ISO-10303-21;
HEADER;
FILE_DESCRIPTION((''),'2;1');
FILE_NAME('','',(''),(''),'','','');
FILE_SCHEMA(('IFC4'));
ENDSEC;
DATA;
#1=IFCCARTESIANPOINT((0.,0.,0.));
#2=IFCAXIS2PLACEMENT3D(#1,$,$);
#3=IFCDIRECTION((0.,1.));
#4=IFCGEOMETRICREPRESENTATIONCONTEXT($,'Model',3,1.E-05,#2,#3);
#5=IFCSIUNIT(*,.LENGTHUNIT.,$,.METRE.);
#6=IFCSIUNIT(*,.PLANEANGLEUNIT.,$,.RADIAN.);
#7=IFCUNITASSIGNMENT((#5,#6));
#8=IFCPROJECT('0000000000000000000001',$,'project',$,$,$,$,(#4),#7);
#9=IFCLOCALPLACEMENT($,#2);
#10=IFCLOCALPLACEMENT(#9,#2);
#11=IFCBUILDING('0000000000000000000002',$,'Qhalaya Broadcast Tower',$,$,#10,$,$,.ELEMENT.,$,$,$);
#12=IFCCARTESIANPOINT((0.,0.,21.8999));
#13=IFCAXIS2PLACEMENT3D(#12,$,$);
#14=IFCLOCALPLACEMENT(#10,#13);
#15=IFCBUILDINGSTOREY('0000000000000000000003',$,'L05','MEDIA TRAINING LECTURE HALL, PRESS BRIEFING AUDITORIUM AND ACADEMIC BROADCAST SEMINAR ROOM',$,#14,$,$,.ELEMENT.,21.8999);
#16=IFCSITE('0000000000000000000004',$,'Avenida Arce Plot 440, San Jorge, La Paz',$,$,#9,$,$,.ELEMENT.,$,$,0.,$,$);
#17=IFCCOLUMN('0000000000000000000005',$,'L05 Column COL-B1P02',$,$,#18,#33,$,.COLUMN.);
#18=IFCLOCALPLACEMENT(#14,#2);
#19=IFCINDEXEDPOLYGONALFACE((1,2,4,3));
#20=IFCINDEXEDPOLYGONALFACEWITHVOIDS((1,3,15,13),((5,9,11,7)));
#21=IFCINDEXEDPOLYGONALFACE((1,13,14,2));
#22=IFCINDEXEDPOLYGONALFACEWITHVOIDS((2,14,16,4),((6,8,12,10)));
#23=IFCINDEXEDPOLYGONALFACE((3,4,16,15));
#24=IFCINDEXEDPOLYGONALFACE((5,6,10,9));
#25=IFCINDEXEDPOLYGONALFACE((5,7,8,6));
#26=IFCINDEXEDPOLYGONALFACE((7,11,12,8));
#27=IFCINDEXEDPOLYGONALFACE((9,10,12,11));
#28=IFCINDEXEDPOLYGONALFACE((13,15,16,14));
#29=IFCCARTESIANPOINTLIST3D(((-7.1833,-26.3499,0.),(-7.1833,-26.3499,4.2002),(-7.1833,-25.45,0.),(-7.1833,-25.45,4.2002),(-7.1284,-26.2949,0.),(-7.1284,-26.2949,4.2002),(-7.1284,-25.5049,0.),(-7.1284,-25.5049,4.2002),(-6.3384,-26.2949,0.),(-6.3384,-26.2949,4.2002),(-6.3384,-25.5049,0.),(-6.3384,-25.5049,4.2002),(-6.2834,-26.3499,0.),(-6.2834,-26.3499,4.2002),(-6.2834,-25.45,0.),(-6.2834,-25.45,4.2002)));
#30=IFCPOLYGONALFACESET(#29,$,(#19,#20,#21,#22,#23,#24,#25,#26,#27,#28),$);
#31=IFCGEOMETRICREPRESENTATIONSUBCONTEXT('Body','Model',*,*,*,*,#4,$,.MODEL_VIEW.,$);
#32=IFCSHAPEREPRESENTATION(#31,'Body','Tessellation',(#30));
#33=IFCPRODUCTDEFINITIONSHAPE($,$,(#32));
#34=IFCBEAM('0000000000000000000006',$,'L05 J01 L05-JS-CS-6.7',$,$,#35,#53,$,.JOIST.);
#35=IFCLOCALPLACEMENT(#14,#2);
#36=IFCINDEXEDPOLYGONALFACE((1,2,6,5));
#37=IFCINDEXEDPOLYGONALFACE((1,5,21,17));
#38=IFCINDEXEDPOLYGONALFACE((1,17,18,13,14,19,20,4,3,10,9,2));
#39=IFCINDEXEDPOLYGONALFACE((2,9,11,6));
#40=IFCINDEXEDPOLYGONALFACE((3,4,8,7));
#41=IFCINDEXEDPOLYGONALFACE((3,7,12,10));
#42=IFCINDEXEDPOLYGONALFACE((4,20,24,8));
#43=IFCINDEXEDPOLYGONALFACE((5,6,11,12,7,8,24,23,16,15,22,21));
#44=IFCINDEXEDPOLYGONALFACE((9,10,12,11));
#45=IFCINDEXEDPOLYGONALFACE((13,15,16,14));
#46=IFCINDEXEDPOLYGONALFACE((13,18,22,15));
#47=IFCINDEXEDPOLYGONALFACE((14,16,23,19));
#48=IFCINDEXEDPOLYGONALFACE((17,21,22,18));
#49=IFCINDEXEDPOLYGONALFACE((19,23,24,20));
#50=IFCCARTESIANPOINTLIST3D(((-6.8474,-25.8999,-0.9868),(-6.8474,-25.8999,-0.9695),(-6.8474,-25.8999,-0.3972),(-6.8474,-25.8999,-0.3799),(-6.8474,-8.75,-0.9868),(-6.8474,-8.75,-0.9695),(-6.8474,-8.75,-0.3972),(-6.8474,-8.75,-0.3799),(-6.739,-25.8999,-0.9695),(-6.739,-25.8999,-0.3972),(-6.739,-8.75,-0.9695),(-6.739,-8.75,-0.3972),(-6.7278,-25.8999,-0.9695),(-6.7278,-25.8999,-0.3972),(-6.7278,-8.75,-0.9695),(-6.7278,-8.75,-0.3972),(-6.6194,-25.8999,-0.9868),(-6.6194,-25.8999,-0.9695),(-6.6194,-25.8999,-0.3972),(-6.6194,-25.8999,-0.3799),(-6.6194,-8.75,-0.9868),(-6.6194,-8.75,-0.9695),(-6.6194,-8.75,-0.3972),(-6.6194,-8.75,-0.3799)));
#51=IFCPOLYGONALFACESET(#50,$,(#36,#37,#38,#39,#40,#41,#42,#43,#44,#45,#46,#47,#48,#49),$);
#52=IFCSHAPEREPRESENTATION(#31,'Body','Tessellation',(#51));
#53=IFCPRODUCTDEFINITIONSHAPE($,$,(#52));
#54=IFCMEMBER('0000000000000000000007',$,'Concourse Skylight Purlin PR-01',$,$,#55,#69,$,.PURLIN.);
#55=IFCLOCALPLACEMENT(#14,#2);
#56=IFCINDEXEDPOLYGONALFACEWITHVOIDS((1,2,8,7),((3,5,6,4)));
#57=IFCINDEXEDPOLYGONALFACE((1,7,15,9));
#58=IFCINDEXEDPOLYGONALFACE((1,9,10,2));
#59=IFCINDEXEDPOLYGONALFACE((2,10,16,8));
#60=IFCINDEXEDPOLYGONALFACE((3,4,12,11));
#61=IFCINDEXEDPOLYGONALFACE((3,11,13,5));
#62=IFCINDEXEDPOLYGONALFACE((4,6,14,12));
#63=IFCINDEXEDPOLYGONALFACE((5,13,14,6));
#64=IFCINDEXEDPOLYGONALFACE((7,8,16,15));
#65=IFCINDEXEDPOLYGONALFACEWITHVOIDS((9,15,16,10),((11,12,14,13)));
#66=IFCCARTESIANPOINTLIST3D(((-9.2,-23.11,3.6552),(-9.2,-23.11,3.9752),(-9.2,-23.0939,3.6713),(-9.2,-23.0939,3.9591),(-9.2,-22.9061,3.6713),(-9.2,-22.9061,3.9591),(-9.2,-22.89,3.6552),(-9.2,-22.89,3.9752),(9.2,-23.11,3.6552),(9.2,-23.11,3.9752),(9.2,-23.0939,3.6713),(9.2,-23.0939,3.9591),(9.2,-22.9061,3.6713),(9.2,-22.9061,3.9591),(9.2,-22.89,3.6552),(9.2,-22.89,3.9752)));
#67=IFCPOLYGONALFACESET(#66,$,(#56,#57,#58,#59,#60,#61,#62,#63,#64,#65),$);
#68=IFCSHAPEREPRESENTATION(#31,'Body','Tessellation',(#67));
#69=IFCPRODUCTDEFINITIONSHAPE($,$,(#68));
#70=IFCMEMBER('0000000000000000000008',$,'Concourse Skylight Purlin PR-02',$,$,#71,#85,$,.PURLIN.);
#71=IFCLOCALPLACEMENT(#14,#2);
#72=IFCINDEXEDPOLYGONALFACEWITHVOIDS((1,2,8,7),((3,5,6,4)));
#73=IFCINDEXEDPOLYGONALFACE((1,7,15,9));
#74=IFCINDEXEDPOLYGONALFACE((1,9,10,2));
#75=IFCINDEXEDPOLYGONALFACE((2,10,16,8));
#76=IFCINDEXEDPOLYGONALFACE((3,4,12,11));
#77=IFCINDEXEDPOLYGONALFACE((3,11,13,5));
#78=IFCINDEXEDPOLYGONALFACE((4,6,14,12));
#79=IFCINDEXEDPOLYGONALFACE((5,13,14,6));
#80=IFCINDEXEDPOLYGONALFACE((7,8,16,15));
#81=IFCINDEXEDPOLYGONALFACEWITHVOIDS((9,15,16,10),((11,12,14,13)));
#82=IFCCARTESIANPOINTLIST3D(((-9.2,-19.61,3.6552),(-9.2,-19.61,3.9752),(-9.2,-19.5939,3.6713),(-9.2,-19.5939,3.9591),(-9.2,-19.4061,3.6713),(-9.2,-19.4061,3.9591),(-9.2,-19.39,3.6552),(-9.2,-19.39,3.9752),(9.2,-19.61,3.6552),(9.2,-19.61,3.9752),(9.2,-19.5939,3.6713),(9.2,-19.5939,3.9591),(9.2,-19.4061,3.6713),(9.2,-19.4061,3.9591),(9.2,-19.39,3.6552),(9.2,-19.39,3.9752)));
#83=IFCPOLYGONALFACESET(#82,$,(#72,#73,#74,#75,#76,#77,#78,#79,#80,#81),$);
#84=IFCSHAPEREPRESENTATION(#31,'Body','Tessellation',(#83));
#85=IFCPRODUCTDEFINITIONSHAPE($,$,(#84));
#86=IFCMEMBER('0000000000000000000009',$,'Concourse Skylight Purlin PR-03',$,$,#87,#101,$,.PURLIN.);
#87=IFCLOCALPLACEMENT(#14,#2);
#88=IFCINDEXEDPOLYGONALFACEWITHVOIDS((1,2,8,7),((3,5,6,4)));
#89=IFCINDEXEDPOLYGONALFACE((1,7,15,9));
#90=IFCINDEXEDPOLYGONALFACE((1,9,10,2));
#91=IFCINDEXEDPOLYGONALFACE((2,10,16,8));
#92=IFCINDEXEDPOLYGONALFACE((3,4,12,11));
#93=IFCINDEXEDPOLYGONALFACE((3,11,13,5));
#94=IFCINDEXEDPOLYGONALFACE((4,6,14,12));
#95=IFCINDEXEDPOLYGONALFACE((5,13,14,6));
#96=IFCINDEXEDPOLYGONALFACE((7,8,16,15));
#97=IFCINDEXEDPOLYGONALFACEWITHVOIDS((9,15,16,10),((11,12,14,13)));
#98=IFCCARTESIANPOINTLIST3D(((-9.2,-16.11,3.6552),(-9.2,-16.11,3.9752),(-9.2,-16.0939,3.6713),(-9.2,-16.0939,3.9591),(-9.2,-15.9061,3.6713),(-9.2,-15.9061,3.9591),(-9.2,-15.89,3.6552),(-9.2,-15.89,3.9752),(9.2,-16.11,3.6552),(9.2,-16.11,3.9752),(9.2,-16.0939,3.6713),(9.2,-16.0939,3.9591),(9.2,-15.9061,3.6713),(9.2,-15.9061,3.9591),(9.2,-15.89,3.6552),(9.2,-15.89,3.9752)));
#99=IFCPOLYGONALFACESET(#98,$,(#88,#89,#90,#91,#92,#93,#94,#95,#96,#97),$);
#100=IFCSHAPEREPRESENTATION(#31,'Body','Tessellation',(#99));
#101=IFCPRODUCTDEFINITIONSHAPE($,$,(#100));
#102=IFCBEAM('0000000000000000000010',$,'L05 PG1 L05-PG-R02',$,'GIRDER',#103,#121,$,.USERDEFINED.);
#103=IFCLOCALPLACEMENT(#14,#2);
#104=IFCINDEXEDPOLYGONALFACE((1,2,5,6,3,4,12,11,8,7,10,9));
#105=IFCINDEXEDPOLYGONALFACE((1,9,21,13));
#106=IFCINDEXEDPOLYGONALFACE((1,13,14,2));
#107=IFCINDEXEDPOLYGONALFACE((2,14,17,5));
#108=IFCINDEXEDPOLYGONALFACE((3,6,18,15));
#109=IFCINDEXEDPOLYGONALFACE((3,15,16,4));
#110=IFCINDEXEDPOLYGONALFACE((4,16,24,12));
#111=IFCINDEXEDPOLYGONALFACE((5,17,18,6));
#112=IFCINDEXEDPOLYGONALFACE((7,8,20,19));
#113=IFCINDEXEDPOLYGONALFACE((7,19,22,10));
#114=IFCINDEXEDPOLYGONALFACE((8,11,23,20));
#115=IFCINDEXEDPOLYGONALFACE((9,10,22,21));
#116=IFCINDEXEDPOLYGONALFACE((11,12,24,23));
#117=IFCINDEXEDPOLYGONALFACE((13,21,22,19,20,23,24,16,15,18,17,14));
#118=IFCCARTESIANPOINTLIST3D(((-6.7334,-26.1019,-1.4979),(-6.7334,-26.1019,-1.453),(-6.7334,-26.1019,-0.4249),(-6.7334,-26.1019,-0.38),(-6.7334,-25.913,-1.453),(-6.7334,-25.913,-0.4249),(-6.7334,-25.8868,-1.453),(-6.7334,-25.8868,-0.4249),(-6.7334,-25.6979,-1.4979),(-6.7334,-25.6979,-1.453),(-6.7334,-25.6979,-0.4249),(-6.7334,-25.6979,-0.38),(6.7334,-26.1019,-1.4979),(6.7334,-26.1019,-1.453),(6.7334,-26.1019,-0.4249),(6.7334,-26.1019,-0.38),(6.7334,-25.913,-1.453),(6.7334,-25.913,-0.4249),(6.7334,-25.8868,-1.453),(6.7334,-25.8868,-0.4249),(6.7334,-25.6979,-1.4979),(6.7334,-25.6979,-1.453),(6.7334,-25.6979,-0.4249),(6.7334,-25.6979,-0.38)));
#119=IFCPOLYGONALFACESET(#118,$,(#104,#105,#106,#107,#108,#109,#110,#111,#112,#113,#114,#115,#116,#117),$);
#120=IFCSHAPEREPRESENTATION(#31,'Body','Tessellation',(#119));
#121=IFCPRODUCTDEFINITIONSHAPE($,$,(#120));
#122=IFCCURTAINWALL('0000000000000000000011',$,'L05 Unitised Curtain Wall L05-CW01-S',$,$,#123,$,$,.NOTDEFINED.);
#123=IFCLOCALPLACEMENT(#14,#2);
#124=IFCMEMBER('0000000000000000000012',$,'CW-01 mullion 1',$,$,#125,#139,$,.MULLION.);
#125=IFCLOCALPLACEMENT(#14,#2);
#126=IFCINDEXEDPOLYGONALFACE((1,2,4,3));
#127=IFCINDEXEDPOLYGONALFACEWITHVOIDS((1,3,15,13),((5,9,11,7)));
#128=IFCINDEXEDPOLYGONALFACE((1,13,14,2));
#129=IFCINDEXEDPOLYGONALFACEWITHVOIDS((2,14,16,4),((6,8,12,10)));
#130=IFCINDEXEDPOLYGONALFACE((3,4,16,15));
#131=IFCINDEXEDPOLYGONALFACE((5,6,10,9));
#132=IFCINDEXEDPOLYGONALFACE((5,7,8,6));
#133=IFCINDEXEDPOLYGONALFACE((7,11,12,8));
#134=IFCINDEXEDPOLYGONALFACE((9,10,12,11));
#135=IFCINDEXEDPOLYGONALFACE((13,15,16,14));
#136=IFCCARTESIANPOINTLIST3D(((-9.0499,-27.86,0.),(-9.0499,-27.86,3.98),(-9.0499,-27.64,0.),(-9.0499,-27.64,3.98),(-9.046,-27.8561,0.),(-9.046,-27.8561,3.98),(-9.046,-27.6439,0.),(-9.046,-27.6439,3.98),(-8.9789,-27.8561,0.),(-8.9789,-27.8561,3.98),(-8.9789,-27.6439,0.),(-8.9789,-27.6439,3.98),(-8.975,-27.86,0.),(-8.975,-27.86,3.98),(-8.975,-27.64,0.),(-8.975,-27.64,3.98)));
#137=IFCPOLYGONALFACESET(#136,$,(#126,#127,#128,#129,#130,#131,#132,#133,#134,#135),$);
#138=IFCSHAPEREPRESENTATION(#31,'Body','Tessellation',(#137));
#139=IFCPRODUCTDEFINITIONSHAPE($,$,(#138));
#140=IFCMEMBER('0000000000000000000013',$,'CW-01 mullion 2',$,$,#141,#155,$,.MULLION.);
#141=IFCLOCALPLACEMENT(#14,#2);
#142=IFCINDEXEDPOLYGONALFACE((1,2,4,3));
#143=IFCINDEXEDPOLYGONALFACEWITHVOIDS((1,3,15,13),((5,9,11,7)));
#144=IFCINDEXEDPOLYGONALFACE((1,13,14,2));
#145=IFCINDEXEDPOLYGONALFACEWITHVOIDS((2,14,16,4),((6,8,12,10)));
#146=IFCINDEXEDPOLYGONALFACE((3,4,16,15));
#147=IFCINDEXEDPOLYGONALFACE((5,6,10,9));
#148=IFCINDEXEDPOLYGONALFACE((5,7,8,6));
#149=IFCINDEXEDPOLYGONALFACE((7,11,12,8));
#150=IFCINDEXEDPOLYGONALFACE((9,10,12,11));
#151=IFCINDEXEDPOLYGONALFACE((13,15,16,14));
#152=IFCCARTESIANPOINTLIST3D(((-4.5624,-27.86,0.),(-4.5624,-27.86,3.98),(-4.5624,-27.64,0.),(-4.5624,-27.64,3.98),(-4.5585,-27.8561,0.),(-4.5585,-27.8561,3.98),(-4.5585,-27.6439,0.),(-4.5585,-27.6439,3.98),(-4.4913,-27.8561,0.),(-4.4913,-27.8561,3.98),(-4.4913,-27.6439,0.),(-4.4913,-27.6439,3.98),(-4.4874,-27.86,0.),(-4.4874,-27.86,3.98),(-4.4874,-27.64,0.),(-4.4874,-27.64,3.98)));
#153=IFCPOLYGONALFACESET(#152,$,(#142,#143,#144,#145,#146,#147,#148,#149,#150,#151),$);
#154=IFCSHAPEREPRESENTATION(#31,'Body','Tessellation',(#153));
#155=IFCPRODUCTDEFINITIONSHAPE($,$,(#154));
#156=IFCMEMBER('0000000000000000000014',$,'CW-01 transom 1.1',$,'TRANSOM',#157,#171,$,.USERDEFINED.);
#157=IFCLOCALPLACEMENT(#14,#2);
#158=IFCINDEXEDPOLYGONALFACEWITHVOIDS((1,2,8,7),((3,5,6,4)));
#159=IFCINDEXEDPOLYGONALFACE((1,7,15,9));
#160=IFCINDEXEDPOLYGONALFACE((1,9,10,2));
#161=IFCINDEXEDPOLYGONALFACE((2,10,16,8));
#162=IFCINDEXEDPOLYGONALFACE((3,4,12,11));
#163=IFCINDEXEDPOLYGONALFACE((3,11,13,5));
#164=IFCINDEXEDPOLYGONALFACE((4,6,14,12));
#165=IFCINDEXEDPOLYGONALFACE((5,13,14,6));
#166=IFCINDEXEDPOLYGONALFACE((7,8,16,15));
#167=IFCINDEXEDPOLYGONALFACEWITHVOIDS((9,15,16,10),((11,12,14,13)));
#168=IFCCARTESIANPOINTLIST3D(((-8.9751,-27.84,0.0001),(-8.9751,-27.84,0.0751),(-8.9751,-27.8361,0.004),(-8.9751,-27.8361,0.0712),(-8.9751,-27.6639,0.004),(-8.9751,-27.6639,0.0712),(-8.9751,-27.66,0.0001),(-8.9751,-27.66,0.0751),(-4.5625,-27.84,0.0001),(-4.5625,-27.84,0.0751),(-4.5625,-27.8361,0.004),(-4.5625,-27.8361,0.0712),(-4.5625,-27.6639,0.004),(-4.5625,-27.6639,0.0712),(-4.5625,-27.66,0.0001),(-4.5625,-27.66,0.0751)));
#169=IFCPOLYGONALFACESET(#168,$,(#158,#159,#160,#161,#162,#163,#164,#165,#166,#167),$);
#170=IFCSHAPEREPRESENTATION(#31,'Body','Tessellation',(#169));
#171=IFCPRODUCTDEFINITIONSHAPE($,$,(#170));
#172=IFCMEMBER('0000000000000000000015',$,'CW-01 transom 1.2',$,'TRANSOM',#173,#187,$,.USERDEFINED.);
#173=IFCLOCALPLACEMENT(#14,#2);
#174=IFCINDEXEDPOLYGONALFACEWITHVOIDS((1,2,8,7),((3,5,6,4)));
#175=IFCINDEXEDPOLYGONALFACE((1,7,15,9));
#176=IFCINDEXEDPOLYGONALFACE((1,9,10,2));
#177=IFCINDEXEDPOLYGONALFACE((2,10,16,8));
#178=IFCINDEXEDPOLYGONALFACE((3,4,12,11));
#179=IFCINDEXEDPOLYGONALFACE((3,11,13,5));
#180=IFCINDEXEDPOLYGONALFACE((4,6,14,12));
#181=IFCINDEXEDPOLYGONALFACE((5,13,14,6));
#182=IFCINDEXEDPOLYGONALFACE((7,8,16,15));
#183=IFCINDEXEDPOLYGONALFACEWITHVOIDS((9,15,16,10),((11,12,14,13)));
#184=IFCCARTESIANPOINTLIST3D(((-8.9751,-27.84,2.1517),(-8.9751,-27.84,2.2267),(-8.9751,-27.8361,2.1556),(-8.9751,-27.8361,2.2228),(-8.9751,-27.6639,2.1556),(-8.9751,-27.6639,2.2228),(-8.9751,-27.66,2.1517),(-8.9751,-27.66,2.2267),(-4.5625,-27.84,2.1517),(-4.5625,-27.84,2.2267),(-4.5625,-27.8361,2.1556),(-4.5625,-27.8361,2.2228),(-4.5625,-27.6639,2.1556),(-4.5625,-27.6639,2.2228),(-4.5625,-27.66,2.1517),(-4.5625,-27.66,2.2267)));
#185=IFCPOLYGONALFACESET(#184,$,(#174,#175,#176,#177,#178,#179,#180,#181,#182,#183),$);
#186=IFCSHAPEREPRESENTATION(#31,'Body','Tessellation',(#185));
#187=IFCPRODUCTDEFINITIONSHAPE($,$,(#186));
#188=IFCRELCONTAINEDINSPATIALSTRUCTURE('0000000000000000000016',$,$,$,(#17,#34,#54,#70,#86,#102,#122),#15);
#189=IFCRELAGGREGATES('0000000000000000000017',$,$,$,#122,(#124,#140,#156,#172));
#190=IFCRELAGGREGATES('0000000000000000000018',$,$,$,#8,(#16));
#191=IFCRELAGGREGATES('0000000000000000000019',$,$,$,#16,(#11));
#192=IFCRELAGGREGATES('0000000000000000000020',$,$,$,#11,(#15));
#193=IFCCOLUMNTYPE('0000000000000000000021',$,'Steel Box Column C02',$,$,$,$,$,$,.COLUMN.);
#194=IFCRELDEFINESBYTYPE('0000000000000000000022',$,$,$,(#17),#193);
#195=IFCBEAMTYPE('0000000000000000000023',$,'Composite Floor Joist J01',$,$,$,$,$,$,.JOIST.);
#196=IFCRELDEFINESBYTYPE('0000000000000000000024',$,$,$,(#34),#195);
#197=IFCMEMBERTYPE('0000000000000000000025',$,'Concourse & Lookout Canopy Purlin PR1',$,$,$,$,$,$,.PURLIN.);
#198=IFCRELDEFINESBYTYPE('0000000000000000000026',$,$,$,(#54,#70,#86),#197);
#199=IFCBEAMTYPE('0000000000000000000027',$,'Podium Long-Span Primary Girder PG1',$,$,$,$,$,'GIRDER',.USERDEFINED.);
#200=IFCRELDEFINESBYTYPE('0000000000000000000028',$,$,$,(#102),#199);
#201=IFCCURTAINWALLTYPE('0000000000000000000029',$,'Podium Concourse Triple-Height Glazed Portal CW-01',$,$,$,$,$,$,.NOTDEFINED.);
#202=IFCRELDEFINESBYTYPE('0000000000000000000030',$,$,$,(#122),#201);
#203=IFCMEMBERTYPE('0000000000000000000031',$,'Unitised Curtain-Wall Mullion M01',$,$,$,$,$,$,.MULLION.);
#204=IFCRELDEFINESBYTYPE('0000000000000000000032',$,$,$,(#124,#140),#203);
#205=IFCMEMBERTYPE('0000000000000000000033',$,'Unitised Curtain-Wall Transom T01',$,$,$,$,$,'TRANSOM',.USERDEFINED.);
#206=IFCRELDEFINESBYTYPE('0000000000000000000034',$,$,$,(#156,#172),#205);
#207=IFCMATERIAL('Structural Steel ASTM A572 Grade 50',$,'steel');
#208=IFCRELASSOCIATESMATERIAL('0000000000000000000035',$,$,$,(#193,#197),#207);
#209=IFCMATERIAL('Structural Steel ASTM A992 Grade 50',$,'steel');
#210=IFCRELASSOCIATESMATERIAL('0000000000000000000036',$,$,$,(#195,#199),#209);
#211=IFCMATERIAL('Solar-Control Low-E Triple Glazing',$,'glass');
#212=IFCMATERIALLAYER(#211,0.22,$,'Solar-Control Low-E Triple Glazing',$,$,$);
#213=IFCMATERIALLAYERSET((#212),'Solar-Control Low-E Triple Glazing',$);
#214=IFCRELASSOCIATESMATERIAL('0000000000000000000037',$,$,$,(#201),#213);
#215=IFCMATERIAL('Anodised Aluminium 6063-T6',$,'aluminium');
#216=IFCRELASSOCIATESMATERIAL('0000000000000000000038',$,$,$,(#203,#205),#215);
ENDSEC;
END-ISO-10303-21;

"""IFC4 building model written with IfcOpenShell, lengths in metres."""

from ifc_helpers import new_model, si_unit, direction, frame, origin, origin_2d, place, context, subcontext, project, spatial, hollow_rectangle, i_section, extrude, material, layer, layer_set, material_profile, profile_set, type_object, element, aggregate, save


model = new_model("IFC4")

# Units and contexts
model_context = context("Model", 3, precision=1e-05, world=origin(), true_north=direction((0.0, 1.0)))
body_context = subcontext(model_context, "Body", "Model", "MODEL_VIEW")
ifc_project = project(units=[si_unit("LENGTHUNIT", "METRE"), si_unit("PLANEANGLEUNIT", "RADIAN")], contexts=[model_context])

# Site, building, storey
site_placement = place(None, origin())
site = spatial("IfcSite", under=ifc_project, at=site_placement, Name="Avenida Arce Plot 440, San Jorge, La Paz", CompositionType="ELEMENT", RefElevation=0.0)
building_placement = place(site_placement, origin())
building = spatial("IfcBuilding", under=site, at=building_placement, Name="Qhalaya Broadcast Tower", CompositionType="ELEMENT")
storey_placement = place(building_placement, frame((0.0, 0.0, 21.8999)))
storey = spatial("IfcBuildingStorey", under=building, at=storey_placement, Name="L05", Description="MEDIA TRAINING LECTURE HALL, PRESS BRIEFING AUDITORIUM AND ACADEMIC BROADCAST SEMINAR ROOM", CompositionType="ELEMENT", Elevation=21.8999)

# Column
ifc_material_1 = material(Name="Structural Steel ASTM A572 Grade 50", Category="steel")
ifc_material_profile_1 = material_profile(ifc_material_1, hollow_rectangle(XDim=0.8999, YDim=0.8999, WallThickness=0.0549, at=origin_2d()), Name="BOX 900x900x55")
ifc_profile_set_1 = profile_set([ifc_material_profile_1], Name="Structural Steel ASTM A572 Grade 50")
column_type = type_object("IfcColumnType", Name="Steel Box Column C02", PredefinedType="COLUMN", material=ifc_profile_set_1)
column_placement = place(storey_placement, frame((-6.7334, -25.8999, 0.0), z_axis=(0.0, 0.0, 1.0), x_axis=(1.0, 0.0, 0.0)))
element("IfcColumn", 1, at=column_placement, inside=storey, type_object=column_type, Name="L05 Column COL-B1P02", PredefinedType="COLUMN", context=body_context, shape_type="SweptSolid", body=[
    extrude(hollow_rectangle(XDim=0.8999, YDim=0.8999, WallThickness=0.0549, at=origin_2d()), origin(), (0.0, 0.0, 1.0), 4.2002),
])

# Beam
ifc_material_2 = material(Name="Structural Steel ASTM A992 Grade 50", Category="steel")
ifc_material_profile_2 = material_profile(ifc_material_2, i_section(OverallWidth=0.228, OverallDepth=0.6069, WebThickness=0.0112, FlangeThickness=0.0173, at=origin_2d()), Name="W24X76")
ifc_profile_set_2 = profile_set([ifc_material_profile_2], Name="Structural Steel ASTM A992 Grade 50")
beam_type_1 = type_object("IfcBeamType", Name="Composite Floor Joist J01", PredefinedType="JOIST", material=ifc_profile_set_2)
beam_1_placement = place(storey_placement, frame((-6.7334, -25.8999, -0.6833), z_axis=(0.0, 1.0, 0.0), x_axis=(-1.0, 0.0, 0.0)))
element("IfcBeam", 2, at=beam_1_placement, inside=storey, type_object=beam_type_1, Name="L05 J01 L05-JS-CS-6.7", PredefinedType="JOIST", context=body_context, shape_type="SweptSolid", body=[
    extrude(i_section(OverallWidth=0.228, OverallDepth=0.6069, WebThickness=0.0112, FlangeThickness=0.0173, at=origin_2d()), origin(), (0.0, 0.0, 1.0), 17.1499),
])

# Members
ifc_material_profile_3 = material_profile(ifc_material_1, hollow_rectangle(XDim=0.22, YDim=0.3201, WallThickness=0.0161, at=origin_2d()), Name="HSS 220x320x16")
ifc_profile_set_3 = profile_set([ifc_material_profile_3], Name="Structural Steel ASTM A572 Grade 50")
member_type_1 = type_object("IfcMemberType", Name="Concourse & Lookout Canopy Purlin PR1", PredefinedType="PURLIN", material=ifc_profile_set_3)
for number, where, z_axis, x_axis, name in (
    (3, (-9.2, -23.0, 3.8152), (1.0, 0.0, 0.0), (0.0, 1.0, 0.0), "Concourse Skylight Purlin PR-01"),
    (4, (-9.2, -19.5, 3.8152), (1.0, 0.0, 0.0), (0.0, 1.0, 0.0), "Concourse Skylight Purlin PR-02"),
    (5, (-9.2, -16.0, 3.8152), (1.0, 0.0, 0.0), (0.0, 1.0, 0.0), "Concourse Skylight Purlin PR-03"),
):
    element("IfcMember", number, at=place(storey_placement, frame(where, z_axis=z_axis, x_axis=x_axis)), inside=storey, type_object=member_type_1, Name=name, PredefinedType="PURLIN", context=body_context, shape_type="SweptSolid", body=[
        extrude(hollow_rectangle(XDim=0.22, YDim=0.3201, WallThickness=0.0161, at=origin_2d()), origin(), (0.0, 0.0, 1.0), 18.3999),
    ])

# Beam
ifc_material_profile_4 = material_profile(ifc_material_2, i_section(OverallWidth=0.4041, OverallDepth=1.1179, WebThickness=0.0261, FlangeThickness=0.0449, at=origin_2d()), Name="W44X335")
ifc_profile_set_4 = profile_set([ifc_material_profile_4], Name="Structural Steel ASTM A992 Grade 50")
beam_type_2 = type_object("IfcBeamType", Name="Podium Long-Span Primary Girder PG1", ElementType="GIRDER", PredefinedType="USERDEFINED", material=ifc_profile_set_4)
beam_2_placement = place(storey_placement, frame((-6.7334, -25.8999, -0.939), z_axis=(1.0, 0.0, 0.0), x_axis=(0.0, 1.0, 0.0)))
element("IfcBeam", 6, at=beam_2_placement, inside=storey, type_object=beam_type_2, Name="L05 PG1 L05-PG-R02", ObjectType="GIRDER", PredefinedType="USERDEFINED", context=body_context, shape_type="SweptSolid", body=[
    extrude(i_section(OverallWidth=0.4041, OverallDepth=1.1179, WebThickness=0.0261, FlangeThickness=0.0449, at=origin_2d()), origin(), (0.0, 0.0, 1.0), 13.4668),
])

# Curtain wall, members
ifc_material_3 = material(Name="Solar-Control Low-E Triple Glazing", Category="glass")
ifc_layer_1 = layer(ifc_material_3, 0.22, Name="Solar-Control Low-E Triple Glazing")
ifc_layer_set_1 = layer_set([ifc_layer_1], Name="Solar-Control Low-E Triple Glazing")
curtain_wall_type = type_object("IfcCurtainWallType", Name="Podium Concourse Triple-Height Glazed Portal CW-01", PredefinedType="NOTDEFINED", material=ifc_layer_set_1)
curtain_wall_placement = place(storey_placement, origin())
curtain_wall = element("IfcCurtainWall", 7, at=curtain_wall_placement, inside=storey, type_object=curtain_wall_type, Name="L05 Unitised Curtain Wall L05-CW01-S", PredefinedType="NOTDEFINED")
ifc_material_4 = material(Name="Anodised Aluminium 6063-T6", Category="aluminium")
ifc_material_profile_5 = material_profile(ifc_material_4, hollow_rectangle(XDim=0.075, YDim=0.22, WallThickness=0.0039, at=origin_2d()), Name="ALU-MUL 75x220x4")
ifc_profile_set_5 = profile_set([ifc_material_profile_5], Name="Anodised Aluminium 6063-T6")
member_type_2 = type_object("IfcMemberType", Name="Unitised Curtain-Wall Mullion M01", PredefinedType="MULLION", material=ifc_profile_set_5)
member_1_placement = place(storey_placement, frame((-9.0125, -27.75, 0.0), z_axis=(0.0, 0.0, 1.0), x_axis=(1.0, 0.0, 0.0)))
member_1 = element("IfcMember", 8, at=member_1_placement, type_object=member_type_2, Name="CW-01 mullion 1", PredefinedType="MULLION", context=body_context, shape_type="SweptSolid", body=[
    extrude(hollow_rectangle(XDim=0.075, YDim=0.22, WallThickness=0.0039, at=origin_2d()), origin(), (0.0, 0.0, 1.0), 3.98),
])
member_2_placement = place(storey_placement, frame((-4.5249, -27.75, 0.0), z_axis=(0.0, 0.0, 1.0), x_axis=(1.0, 0.0, 0.0)))
member_2 = element("IfcMember", 9, at=member_2_placement, type_object=member_type_2, Name="CW-01 mullion 2", PredefinedType="MULLION", context=body_context, shape_type="SweptSolid", body=[
    extrude(hollow_rectangle(XDim=0.075, YDim=0.22, WallThickness=0.0039, at=origin_2d()), origin(), (0.0, 0.0, 1.0), 3.98),
])
ifc_material_profile_6 = material_profile(ifc_material_4, hollow_rectangle(XDim=0.075, YDim=0.1799, WallThickness=0.0039, at=origin_2d()), Name="ALU-TRN 75x180x4")
ifc_profile_set_6 = profile_set([ifc_material_profile_6], Name="Anodised Aluminium 6063-T6")
member_type_3 = type_object("IfcMemberType", Name="Unitised Curtain-Wall Transom T01", ElementType="TRANSOM", PredefinedType="USERDEFINED", material=ifc_profile_set_6)
member_3_placement = place(storey_placement, frame((-8.9751, -27.75, 0.0376), z_axis=(1.0, 0.0, 0.0), x_axis=(0.0, 0.0, 1.0)))
member_3 = element("IfcMember", 10, at=member_3_placement, type_object=member_type_3, Name="CW-01 transom 1.1", ObjectType="TRANSOM", PredefinedType="USERDEFINED", context=body_context, shape_type="SweptSolid", body=[
    extrude(hollow_rectangle(XDim=0.075, YDim=0.1799, WallThickness=0.0039, at=origin_2d()), origin(), (0.0, 0.0, 1.0), 4.4126),
])
member_4_placement = place(storey_placement, frame((-8.9751, -27.75, 2.1892), z_axis=(1.0, 0.0, 0.0), x_axis=(0.0, 0.0, 1.0)))
member_4 = element("IfcMember", 11, at=member_4_placement, type_object=member_type_3, Name="CW-01 transom 1.2", ObjectType="TRANSOM", PredefinedType="USERDEFINED", context=body_context, shape_type="SweptSolid", body=[
    extrude(hollow_rectangle(XDim=0.075, YDim=0.1799, WallThickness=0.0039, at=origin_2d()), origin(), (0.0, 0.0, 1.0), 4.4126),
])
aggregate(curtain_wall, [member_1, member_2, member_3, member_4])

save(model, "model.ifc")
